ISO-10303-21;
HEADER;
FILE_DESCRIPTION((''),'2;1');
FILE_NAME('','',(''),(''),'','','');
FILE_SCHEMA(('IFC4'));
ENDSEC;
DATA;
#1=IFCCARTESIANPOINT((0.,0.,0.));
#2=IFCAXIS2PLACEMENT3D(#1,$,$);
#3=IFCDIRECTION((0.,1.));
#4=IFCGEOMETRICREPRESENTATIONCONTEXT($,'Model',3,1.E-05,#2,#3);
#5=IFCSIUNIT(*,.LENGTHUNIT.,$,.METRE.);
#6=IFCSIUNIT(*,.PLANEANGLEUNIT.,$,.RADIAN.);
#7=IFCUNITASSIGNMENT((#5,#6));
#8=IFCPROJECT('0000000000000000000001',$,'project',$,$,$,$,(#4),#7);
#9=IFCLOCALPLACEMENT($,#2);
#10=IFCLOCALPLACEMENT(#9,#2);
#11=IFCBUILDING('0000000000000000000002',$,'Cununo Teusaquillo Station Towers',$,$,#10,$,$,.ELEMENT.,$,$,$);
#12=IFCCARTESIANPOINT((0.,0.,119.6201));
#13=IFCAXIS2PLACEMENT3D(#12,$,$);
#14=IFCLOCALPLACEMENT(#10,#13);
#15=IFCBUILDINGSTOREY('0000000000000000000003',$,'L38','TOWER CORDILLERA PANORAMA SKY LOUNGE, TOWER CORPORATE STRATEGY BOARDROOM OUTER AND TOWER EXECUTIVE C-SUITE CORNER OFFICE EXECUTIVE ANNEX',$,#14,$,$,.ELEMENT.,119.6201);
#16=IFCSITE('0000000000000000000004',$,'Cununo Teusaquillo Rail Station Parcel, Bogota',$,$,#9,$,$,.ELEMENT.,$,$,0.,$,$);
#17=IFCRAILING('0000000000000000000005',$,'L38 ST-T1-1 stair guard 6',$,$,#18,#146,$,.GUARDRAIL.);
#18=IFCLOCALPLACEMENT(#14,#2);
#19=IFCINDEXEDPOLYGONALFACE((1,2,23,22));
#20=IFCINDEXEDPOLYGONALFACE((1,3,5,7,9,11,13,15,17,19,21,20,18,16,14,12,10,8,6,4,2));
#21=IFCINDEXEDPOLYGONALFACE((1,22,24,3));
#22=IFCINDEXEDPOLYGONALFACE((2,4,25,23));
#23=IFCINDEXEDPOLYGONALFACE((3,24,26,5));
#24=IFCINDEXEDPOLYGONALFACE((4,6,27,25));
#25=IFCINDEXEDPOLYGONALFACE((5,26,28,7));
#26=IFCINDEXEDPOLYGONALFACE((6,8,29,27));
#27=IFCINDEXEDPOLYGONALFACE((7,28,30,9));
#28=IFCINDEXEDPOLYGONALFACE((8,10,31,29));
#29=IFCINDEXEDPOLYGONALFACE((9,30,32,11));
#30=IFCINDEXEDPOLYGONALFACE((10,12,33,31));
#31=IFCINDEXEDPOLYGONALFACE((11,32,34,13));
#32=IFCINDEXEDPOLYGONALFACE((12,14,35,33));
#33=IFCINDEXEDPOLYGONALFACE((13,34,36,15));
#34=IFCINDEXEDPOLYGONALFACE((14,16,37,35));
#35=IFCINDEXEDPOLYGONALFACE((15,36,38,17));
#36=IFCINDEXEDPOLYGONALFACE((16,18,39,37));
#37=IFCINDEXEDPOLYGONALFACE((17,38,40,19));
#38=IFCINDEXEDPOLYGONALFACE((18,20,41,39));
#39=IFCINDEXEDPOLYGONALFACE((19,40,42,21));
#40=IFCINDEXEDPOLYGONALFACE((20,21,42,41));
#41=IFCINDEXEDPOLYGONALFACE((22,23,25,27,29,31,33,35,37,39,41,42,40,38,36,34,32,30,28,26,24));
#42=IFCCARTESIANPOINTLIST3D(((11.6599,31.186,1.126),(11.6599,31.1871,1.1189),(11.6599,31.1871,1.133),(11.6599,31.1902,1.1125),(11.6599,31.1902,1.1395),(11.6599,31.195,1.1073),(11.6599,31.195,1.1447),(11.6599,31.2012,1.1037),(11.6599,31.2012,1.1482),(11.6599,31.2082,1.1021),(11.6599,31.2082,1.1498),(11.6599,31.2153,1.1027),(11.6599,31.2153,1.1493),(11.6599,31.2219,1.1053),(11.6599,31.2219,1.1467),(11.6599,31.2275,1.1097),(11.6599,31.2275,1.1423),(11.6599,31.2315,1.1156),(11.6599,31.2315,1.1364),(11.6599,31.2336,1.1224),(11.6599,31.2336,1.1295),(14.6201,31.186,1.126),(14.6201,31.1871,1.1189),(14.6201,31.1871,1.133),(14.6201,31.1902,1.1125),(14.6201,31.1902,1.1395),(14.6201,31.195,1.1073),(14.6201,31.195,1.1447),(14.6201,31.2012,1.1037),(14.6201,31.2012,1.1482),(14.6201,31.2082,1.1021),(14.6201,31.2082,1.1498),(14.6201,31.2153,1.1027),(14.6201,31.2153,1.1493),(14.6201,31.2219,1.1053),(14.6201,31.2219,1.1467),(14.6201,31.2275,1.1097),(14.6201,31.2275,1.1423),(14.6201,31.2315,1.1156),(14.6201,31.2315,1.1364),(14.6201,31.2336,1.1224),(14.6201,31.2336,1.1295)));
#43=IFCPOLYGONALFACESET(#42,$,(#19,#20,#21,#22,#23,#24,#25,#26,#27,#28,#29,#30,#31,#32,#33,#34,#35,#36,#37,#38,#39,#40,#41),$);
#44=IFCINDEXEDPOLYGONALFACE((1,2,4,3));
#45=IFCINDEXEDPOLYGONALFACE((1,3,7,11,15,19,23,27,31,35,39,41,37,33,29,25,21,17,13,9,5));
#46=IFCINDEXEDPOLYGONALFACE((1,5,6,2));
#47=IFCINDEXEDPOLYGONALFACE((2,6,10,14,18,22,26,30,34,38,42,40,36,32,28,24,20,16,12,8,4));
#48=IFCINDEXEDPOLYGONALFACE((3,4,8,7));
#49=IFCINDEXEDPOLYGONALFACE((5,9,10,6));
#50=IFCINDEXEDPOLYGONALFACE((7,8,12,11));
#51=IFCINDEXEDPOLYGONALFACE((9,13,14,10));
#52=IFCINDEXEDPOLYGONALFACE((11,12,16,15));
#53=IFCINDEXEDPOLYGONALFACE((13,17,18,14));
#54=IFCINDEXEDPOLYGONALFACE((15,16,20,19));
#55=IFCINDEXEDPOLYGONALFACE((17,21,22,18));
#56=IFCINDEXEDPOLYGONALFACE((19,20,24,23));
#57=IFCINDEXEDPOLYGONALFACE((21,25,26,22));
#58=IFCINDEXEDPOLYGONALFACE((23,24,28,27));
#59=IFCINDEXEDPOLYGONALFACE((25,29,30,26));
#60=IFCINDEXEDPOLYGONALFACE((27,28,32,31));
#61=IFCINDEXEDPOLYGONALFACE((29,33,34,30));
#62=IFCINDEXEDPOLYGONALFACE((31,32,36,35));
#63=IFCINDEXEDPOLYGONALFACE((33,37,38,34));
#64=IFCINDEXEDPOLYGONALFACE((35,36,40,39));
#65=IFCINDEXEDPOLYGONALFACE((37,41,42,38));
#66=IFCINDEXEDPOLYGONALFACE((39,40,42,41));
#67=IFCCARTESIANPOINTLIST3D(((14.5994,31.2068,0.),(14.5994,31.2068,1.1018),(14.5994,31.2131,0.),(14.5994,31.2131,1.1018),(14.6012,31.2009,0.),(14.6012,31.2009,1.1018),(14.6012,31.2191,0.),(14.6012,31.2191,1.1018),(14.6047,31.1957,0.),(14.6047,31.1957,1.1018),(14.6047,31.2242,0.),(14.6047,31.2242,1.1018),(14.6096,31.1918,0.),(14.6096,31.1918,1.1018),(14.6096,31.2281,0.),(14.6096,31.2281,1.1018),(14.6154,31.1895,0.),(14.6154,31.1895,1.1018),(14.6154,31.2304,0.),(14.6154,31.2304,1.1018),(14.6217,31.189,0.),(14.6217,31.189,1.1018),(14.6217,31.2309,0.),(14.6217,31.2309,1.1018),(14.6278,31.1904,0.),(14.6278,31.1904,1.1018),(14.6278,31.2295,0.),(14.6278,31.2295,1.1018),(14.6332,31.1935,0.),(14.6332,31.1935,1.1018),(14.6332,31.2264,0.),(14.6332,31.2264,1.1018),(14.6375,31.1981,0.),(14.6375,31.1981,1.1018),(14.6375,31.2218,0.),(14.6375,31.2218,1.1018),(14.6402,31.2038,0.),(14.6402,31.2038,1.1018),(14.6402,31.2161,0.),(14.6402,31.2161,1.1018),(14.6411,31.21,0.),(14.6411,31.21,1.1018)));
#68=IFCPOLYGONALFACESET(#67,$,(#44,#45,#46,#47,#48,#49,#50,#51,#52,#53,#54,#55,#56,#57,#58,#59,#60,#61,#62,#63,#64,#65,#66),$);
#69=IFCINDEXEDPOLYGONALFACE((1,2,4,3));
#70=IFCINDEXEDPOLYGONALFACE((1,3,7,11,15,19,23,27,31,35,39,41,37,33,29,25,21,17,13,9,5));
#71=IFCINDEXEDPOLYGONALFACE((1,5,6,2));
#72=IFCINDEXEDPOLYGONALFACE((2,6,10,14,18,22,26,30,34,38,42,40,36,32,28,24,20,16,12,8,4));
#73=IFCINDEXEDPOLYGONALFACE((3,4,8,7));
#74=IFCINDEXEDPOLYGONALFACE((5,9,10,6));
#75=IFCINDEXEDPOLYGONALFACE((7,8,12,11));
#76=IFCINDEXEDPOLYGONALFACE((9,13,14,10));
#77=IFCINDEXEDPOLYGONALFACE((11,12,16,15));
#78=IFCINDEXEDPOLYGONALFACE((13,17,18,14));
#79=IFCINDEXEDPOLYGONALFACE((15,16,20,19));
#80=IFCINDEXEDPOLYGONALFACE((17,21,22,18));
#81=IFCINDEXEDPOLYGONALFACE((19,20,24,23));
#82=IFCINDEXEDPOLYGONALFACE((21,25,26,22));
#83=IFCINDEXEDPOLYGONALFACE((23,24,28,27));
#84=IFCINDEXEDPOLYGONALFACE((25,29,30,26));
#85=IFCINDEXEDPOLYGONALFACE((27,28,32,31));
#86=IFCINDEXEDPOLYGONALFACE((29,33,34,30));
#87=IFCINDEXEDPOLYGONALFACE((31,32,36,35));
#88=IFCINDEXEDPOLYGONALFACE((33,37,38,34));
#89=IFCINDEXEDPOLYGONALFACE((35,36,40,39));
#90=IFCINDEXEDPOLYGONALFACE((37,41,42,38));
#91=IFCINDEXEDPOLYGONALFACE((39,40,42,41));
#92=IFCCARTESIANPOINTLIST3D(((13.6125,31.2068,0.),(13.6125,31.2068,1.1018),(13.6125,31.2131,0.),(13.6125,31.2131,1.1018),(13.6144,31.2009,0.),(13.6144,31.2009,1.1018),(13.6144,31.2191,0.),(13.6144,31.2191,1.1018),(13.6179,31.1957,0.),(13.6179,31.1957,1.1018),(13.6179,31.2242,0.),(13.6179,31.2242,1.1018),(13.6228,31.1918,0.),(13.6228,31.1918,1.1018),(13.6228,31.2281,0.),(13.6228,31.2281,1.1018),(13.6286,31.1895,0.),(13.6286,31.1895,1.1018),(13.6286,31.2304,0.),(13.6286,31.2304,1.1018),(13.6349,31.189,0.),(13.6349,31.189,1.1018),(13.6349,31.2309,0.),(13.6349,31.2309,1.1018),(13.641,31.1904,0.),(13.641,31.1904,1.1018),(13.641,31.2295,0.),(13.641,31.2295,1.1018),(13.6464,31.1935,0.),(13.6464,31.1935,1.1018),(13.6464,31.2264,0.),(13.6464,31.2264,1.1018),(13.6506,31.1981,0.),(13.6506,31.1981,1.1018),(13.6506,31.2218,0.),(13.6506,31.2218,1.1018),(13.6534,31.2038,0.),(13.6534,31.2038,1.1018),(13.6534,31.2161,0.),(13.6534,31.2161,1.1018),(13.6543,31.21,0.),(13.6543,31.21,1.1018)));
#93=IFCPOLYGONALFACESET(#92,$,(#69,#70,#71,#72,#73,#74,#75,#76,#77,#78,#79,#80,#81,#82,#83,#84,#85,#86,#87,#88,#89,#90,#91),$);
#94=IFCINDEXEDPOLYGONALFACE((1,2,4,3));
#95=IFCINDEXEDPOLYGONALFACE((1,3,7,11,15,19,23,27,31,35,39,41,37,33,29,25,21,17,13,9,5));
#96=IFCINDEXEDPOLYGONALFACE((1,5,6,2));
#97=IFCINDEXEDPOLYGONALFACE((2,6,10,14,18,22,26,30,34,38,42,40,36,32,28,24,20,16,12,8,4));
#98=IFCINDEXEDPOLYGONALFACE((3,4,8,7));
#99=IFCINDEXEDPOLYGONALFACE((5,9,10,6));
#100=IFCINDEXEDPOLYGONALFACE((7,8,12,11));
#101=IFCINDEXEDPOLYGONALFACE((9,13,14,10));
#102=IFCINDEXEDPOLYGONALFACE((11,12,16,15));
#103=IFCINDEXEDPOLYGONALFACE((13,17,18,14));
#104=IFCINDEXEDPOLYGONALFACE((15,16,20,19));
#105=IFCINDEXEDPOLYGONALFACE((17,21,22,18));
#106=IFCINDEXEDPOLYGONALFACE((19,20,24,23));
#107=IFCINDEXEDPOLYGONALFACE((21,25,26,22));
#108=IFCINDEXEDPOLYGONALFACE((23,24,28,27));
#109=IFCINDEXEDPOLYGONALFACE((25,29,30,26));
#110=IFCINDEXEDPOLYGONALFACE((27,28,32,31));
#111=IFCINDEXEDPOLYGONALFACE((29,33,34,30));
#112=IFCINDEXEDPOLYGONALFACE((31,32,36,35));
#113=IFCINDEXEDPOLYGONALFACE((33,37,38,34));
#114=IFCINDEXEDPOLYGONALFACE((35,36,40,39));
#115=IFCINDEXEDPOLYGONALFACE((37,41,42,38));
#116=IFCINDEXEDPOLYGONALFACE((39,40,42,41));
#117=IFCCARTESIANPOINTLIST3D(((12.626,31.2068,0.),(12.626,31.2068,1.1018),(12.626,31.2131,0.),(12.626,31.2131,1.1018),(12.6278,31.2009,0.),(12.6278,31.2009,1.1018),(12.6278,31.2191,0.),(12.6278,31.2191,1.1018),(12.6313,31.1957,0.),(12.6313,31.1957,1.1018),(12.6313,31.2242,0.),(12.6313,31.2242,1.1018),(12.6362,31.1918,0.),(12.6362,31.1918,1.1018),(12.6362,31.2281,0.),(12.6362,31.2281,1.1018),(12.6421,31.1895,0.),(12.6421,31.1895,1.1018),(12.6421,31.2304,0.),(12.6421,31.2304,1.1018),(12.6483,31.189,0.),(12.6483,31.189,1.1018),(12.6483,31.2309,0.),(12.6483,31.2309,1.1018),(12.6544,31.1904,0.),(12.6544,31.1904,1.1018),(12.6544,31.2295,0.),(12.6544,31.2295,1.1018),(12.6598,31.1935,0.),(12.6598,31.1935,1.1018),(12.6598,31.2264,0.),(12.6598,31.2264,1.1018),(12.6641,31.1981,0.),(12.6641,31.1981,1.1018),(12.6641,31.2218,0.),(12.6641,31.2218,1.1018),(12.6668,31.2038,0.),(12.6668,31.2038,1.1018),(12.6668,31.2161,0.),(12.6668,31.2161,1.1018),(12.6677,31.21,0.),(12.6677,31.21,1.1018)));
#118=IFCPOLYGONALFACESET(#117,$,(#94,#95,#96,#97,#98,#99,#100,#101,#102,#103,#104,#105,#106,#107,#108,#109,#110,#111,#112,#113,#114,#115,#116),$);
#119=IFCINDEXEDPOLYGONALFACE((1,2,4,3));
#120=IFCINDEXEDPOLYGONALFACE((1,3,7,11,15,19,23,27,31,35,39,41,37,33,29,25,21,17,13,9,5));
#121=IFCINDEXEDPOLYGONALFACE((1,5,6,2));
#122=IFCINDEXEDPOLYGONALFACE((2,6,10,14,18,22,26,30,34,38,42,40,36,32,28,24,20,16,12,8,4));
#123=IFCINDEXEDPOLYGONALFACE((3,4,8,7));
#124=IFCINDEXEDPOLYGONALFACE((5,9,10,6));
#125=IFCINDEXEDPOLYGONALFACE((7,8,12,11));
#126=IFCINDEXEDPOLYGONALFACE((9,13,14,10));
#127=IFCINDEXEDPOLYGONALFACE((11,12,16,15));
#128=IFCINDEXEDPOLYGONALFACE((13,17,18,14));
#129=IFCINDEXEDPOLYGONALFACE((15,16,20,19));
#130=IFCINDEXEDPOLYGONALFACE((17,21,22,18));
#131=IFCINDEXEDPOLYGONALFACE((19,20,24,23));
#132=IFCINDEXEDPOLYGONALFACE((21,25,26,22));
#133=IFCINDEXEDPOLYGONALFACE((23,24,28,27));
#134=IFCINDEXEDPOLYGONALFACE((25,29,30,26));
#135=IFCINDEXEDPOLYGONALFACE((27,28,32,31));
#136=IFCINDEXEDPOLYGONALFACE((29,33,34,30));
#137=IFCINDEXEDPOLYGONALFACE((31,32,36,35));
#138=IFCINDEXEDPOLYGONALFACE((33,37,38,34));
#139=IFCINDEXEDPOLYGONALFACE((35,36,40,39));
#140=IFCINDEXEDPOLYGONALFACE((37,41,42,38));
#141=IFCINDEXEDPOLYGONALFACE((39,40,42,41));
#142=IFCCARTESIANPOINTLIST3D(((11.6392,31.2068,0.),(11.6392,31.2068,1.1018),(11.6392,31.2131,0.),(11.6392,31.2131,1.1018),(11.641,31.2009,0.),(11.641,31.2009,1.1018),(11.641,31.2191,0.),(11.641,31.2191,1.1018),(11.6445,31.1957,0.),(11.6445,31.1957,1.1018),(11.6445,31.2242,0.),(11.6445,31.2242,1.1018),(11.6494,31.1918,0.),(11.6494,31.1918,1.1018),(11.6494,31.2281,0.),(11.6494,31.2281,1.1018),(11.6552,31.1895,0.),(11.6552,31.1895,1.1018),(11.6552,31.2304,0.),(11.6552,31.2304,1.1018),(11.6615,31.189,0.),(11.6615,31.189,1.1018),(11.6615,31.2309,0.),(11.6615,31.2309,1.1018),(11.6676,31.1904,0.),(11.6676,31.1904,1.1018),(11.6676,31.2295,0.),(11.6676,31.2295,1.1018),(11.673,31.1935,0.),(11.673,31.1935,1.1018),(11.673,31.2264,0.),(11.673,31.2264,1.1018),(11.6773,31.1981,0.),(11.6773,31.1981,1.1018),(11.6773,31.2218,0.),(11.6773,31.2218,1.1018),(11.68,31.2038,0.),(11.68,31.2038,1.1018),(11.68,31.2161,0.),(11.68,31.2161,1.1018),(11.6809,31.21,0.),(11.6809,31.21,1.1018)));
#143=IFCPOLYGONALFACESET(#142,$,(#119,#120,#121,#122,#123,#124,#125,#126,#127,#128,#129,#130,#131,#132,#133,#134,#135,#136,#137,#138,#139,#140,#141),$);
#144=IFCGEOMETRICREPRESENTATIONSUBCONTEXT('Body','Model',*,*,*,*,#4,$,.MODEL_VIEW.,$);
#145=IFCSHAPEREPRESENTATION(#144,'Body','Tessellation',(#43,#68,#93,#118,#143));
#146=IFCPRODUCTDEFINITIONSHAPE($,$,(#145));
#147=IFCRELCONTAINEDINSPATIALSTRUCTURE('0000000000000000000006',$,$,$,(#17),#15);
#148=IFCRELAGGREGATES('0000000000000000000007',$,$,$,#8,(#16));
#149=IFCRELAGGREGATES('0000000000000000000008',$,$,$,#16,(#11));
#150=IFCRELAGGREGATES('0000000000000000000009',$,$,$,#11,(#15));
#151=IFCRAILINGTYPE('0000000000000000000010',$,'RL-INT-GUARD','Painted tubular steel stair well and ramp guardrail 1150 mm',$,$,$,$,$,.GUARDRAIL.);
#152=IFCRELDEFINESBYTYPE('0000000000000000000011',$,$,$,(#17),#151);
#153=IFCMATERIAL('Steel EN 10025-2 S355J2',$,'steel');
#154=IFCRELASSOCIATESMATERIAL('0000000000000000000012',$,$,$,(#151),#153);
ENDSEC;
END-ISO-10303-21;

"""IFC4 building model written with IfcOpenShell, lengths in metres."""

from ifc_helpers import new_model, si_unit, direction, frame, origin, origin_2d, place, context, subcontext, project, spatial, circle, extrude, material, type_object, element, save


model = new_model("IFC4")

# Units and contexts
model_context = context("Model", 3, precision=1e-05, world=origin(), true_north=direction((0.0, 1.0)))
body_context = subcontext(model_context, "Body", "Model", "MODEL_VIEW")
ifc_project = project(units=[si_unit("LENGTHUNIT", "METRE"), si_unit("PLANEANGLEUNIT", "RADIAN")], contexts=[model_context])

# Site, building, storey
site_placement = place(None, origin())
site = spatial("IfcSite", under=ifc_project, at=site_placement, Name="Cununo Teusaquillo Rail Station Parcel, Bogota", CompositionType="ELEMENT", RefElevation=0.0)
building_placement = place(site_placement, origin())
building = spatial("IfcBuilding", under=site, at=building_placement, Name="Cununo Teusaquillo Station Towers", CompositionType="ELEMENT")
storey_placement = place(building_placement, frame((0.0, 0.0, 119.6201)))
storey = spatial("IfcBuildingStorey", under=building, at=storey_placement, Name="L38", Description="TOWER CORDILLERA PANORAMA SKY LOUNGE, TOWER CORPORATE STRATEGY BOARDROOM OUTER AND TOWER EXECUTIVE C-SUITE CORNER OFFICE EXECUTIVE ANNEX", CompositionType="ELEMENT", Elevation=119.6201)

# Railing
ifc_material_1 = material(Name="Steel EN 10025-2 S355J2", Category="steel")
railing_type_1 = type_object("IfcRailingType", Name="RL-INT-GUARD", Description="Painted tubular steel stair well and ramp guardrail 1150 mm", PredefinedType="GUARDRAIL", material=ifc_material_1)
railing_1_placement = place(storey_placement, frame((14.6201, 31.21, 0.0)))
element("IfcRailing", 1, at=railing_1_placement, inside=storey, type_object=railing_type_1, Name="L38 ST-T1-1 stair guard 6", PredefinedType="GUARDRAIL", context=body_context, shape_type="SweptSolid", body=[
    extrude(circle(Radius=0.0239, at=origin_2d()), frame((0.0, 0.0, 1.126), z_axis=(-1.0, 0.0, 0.0), x_axis=(0.0, -1.0, 0.0)), (0.0, 0.0, 1.0), 2.9602),
    extrude(circle(Radius=0.021, at=origin_2d()), origin(), (0.0, 0.0, 1.0), 1.1018),
    extrude(circle(Radius=0.021, at=origin_2d()), frame((-0.9868, 0.0, 0.0)), (0.0, 0.0, 1.0), 1.1018),
    extrude(circle(Radius=0.021, at=origin_2d()), frame((-1.9734, 0.0, 0.0)), (0.0, 0.0, 1.0), 1.1018),
    extrude(circle(Radius=0.021, at=origin_2d()), frame((-2.9602, 0.0, 0.0)), (0.0, 0.0, 1.0), 1.1018),
])

save(model, "model.ifc")
